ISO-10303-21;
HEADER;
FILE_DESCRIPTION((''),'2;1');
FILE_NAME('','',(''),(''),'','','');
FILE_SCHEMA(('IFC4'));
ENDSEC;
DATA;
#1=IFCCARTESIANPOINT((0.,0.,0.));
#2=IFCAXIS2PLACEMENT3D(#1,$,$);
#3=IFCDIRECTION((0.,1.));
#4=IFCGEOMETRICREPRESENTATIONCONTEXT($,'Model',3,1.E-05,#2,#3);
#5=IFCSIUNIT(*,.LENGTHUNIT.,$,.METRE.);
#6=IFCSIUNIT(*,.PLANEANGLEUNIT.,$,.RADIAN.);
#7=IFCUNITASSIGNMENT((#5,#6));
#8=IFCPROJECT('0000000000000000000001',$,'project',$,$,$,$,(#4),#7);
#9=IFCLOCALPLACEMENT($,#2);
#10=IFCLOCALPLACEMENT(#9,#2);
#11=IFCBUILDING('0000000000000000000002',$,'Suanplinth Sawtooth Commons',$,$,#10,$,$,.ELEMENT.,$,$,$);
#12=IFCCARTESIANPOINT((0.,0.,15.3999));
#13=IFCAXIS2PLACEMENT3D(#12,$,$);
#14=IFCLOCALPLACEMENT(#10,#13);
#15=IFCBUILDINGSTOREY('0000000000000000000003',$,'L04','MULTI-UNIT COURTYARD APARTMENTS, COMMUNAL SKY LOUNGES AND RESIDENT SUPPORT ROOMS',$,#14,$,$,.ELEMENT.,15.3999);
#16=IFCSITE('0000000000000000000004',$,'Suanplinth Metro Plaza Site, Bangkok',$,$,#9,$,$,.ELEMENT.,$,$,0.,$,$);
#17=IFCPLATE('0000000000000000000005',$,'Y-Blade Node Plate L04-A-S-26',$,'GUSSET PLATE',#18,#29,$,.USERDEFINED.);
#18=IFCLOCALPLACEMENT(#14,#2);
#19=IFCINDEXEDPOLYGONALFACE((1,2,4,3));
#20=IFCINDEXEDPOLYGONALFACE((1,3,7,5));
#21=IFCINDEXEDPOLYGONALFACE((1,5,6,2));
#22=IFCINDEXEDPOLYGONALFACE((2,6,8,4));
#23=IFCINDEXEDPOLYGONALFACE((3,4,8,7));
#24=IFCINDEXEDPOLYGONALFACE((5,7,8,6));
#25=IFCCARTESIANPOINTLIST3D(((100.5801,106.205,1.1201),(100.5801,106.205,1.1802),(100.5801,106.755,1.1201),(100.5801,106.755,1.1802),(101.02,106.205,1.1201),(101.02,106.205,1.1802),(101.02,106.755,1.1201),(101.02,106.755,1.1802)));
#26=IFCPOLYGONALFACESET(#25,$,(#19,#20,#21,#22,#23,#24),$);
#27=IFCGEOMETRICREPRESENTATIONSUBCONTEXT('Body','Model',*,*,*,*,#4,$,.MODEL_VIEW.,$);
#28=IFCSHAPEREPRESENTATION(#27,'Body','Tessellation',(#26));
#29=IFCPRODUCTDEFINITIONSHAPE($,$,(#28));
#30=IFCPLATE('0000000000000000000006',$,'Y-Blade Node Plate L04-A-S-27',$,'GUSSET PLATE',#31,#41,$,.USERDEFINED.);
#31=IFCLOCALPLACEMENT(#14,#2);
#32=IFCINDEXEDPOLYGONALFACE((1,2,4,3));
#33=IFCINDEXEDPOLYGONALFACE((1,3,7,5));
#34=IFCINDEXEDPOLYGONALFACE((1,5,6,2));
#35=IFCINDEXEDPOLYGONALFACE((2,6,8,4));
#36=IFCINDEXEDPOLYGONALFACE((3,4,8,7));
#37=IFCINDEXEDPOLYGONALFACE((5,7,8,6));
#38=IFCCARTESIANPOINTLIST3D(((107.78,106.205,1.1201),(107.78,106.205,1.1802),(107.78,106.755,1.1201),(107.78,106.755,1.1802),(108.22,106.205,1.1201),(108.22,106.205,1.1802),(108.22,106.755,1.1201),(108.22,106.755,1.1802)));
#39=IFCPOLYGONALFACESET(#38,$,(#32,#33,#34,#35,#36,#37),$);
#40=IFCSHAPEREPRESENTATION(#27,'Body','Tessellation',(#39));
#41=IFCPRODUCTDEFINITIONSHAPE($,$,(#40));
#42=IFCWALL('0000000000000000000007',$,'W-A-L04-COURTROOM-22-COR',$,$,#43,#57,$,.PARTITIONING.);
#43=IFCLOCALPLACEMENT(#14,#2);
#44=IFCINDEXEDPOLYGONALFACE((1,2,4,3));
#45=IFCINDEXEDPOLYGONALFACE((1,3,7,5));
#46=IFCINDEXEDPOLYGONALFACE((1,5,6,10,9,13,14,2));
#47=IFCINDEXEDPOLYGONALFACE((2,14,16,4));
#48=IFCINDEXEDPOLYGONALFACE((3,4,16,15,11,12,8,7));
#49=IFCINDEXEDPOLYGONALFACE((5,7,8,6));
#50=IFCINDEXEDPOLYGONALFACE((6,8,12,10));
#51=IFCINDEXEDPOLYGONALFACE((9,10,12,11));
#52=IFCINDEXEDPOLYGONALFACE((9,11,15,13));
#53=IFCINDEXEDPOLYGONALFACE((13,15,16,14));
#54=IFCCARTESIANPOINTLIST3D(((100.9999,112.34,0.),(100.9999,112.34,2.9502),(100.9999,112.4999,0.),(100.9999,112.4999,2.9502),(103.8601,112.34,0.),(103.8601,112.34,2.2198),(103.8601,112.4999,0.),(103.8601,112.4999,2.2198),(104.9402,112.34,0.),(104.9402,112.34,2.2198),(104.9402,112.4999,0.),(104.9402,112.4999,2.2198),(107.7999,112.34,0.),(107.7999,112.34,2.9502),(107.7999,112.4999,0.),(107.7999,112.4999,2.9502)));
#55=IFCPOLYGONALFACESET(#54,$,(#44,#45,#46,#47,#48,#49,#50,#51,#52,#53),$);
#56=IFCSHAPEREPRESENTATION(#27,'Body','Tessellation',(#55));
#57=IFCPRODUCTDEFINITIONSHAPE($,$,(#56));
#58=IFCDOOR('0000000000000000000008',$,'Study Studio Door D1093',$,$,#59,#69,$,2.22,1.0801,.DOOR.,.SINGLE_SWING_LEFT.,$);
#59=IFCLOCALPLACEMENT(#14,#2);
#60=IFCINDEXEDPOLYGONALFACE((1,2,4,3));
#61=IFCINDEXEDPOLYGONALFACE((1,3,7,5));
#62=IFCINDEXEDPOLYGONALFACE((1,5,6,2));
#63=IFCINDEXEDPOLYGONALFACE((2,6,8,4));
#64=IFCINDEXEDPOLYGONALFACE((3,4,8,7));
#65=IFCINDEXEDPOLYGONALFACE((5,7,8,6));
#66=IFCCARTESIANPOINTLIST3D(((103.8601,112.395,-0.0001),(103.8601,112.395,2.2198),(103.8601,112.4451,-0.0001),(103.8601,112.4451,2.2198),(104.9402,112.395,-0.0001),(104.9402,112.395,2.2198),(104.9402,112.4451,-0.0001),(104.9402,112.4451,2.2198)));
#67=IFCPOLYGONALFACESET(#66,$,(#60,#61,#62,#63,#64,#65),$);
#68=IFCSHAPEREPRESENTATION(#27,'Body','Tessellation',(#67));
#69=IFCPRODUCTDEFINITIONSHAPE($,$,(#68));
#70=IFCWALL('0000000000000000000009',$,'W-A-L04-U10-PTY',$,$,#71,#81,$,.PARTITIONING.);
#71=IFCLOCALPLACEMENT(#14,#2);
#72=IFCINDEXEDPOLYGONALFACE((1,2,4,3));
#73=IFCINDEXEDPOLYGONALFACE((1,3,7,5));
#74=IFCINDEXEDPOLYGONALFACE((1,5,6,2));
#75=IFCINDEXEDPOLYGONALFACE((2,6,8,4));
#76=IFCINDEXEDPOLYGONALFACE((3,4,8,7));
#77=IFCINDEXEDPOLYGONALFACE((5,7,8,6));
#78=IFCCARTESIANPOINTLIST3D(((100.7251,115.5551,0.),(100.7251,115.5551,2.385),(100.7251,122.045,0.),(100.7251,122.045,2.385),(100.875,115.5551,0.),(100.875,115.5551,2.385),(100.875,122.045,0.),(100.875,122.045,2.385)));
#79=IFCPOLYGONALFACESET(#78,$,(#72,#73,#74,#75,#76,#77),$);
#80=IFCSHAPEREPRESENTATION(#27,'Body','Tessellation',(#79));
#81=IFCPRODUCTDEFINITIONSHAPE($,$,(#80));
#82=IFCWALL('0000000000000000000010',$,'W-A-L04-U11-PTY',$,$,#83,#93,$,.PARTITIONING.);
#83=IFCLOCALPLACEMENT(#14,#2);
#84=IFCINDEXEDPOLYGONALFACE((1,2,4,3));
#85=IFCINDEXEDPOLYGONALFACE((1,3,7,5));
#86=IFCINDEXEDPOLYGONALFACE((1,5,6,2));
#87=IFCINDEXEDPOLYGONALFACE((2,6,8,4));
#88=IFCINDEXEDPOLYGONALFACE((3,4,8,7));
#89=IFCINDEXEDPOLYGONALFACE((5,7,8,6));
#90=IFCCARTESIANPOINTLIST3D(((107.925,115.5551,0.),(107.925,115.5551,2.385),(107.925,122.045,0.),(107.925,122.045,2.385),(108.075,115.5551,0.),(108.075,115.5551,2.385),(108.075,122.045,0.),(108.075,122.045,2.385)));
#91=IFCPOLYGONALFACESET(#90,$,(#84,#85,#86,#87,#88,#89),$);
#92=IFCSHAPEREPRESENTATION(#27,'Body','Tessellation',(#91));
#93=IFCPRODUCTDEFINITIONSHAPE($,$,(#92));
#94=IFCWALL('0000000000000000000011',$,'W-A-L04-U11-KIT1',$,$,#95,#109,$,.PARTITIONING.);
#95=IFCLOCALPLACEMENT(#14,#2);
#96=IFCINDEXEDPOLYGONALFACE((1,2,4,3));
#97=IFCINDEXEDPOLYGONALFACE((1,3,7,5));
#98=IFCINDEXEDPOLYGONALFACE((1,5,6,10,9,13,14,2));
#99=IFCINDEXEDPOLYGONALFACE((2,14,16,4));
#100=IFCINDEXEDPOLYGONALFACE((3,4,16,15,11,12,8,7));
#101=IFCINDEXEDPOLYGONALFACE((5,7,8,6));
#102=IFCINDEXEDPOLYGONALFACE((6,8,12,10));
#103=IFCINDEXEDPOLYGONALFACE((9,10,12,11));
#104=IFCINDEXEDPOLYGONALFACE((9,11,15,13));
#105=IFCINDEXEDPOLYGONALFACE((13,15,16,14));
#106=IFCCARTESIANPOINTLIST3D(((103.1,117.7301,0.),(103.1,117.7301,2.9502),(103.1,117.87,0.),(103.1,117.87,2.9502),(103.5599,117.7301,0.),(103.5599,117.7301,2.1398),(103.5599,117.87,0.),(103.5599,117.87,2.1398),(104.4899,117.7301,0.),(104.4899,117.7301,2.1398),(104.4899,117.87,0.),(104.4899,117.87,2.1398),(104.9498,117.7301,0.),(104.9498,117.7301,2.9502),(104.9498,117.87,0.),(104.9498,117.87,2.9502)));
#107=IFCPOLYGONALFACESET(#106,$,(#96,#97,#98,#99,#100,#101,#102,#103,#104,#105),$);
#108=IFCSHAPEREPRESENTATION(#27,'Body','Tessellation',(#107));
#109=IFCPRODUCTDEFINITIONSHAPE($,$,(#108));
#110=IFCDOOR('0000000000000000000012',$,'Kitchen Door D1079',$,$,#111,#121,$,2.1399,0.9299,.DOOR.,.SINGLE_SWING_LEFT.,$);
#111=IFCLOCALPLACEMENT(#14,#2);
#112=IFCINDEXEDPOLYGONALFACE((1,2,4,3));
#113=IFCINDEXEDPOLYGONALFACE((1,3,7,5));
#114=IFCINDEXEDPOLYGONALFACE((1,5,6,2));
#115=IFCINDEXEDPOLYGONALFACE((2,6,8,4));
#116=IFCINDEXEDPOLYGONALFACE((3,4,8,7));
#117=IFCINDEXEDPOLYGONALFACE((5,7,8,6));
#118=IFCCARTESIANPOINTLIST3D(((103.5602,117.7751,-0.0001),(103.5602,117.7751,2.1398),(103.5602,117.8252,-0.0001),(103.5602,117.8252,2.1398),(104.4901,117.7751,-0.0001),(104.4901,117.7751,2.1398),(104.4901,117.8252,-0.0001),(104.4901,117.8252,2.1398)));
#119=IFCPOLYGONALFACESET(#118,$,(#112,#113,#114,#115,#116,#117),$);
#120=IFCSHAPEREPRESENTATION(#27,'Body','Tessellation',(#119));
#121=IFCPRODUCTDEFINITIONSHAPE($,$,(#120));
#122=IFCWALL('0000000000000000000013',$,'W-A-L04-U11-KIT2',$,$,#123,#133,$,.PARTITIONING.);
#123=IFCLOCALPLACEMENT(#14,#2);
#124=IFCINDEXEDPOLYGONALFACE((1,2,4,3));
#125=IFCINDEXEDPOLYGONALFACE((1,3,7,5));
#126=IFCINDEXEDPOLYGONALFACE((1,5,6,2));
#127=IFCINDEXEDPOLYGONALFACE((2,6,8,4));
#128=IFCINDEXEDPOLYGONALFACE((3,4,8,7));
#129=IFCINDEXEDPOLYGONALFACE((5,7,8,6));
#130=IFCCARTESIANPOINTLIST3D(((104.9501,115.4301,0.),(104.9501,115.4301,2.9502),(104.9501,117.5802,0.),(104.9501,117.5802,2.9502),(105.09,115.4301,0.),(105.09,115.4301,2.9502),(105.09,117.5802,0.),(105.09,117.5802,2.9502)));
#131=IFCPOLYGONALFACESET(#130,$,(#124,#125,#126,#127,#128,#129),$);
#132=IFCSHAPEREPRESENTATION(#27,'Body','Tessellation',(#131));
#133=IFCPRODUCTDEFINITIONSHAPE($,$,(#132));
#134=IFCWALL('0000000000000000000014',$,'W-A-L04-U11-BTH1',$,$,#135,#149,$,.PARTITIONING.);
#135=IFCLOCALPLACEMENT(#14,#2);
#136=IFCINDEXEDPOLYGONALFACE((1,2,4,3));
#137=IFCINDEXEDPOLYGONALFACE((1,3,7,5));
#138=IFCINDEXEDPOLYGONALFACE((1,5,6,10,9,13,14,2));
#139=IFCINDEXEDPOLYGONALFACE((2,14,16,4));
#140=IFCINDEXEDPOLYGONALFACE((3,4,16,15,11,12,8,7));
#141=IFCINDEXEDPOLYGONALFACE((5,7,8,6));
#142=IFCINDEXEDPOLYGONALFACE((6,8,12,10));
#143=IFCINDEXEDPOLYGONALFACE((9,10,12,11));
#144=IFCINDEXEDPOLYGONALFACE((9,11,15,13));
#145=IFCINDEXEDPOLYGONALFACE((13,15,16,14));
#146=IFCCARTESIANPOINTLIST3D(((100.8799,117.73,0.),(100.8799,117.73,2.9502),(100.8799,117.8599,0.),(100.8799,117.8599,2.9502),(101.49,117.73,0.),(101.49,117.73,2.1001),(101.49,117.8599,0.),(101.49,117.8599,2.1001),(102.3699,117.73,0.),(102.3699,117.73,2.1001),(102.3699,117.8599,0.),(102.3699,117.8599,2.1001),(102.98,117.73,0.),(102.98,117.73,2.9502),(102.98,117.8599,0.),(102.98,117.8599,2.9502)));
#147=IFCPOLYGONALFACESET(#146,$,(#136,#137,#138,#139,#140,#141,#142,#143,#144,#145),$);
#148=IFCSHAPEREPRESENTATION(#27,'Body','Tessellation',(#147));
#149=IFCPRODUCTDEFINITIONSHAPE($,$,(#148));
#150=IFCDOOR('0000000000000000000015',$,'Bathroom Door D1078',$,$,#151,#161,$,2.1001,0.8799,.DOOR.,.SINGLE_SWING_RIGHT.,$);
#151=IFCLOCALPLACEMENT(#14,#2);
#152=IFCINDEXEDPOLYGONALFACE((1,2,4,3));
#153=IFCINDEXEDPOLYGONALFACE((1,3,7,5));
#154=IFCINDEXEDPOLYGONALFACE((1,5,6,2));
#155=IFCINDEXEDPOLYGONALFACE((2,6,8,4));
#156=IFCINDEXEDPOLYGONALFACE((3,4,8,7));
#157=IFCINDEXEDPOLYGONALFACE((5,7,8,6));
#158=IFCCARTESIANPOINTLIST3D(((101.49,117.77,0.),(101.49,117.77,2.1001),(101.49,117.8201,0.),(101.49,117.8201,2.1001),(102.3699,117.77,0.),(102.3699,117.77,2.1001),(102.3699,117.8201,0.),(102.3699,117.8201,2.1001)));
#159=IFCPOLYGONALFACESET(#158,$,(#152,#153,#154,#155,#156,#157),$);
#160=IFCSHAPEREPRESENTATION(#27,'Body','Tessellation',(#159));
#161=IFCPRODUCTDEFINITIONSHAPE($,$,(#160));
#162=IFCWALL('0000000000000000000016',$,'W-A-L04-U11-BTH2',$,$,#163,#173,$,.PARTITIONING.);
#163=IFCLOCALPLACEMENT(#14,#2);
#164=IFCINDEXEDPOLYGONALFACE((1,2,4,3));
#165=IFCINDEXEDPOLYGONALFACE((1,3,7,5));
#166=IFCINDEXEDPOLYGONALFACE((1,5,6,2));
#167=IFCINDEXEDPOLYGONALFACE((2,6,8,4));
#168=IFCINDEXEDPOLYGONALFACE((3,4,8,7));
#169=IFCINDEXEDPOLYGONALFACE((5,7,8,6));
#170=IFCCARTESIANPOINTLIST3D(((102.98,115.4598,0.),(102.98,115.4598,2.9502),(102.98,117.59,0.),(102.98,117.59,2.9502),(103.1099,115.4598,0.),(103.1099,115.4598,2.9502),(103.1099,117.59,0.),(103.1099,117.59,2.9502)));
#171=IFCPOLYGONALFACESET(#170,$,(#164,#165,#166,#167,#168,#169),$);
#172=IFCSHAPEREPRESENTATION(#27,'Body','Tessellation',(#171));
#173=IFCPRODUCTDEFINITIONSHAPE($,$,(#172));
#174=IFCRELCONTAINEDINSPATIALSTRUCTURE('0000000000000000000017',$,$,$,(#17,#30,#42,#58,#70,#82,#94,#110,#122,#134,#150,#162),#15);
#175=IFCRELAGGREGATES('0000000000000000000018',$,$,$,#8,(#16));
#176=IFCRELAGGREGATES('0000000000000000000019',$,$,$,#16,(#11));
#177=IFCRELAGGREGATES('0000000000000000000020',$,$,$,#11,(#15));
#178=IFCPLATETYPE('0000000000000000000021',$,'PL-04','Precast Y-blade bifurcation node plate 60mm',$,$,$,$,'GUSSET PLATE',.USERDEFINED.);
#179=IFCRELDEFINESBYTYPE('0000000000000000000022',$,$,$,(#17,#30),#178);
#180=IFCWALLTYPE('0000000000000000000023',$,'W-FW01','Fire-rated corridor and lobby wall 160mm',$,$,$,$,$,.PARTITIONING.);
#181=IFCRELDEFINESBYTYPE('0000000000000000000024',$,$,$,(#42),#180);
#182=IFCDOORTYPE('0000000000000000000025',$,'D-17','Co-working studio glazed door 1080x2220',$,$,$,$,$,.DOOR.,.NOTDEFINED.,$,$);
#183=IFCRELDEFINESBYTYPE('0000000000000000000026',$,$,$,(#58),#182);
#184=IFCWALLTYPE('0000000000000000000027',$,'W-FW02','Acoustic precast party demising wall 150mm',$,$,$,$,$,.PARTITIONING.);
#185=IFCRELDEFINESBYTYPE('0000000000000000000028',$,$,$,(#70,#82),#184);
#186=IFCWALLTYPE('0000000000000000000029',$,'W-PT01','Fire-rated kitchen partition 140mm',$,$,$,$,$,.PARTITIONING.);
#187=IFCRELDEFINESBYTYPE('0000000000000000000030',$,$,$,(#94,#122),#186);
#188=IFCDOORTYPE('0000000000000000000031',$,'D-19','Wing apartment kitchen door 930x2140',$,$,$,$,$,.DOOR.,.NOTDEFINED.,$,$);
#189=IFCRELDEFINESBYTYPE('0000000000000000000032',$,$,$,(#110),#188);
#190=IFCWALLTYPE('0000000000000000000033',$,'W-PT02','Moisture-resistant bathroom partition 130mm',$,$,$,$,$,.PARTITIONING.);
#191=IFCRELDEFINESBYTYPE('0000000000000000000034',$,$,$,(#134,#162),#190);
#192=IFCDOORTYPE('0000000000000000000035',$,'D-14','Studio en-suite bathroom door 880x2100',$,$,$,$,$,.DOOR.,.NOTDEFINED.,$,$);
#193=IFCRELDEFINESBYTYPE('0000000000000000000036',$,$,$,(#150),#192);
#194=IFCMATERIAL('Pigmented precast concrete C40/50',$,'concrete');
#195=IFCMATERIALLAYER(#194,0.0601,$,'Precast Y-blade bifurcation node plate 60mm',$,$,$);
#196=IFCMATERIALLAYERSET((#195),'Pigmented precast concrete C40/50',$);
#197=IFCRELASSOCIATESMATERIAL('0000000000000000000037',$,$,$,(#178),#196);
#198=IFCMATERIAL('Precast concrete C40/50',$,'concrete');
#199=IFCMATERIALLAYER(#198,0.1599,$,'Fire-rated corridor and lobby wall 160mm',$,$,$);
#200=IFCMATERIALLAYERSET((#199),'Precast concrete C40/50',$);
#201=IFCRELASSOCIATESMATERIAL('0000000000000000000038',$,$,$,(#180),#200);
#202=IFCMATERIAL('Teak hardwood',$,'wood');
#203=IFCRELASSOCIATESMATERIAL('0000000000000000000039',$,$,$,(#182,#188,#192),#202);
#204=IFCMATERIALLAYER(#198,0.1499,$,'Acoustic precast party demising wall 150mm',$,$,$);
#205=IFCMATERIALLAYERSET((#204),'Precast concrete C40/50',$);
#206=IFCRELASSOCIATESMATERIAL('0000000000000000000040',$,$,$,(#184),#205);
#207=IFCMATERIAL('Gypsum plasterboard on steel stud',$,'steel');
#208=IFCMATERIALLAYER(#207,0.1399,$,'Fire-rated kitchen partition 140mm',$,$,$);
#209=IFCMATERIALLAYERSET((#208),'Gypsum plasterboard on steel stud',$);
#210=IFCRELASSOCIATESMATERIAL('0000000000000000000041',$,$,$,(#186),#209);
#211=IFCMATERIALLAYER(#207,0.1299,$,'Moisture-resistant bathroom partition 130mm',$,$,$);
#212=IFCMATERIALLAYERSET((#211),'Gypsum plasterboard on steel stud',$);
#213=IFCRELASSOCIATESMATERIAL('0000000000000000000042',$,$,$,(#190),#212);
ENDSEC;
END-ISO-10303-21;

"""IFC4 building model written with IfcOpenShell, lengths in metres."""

from ifc_helpers import new_model, si_unit, direction, frame, frame_2d, origin, origin_2d, place, context, subcontext, project, spatial, rectangle, extrude, material, layer, layer_set, type_object, element, fill, save


model = new_model("IFC4")

# Units and contexts
model_context = context("Model", 3, precision=1e-05, world=origin(), true_north=direction((0.0, 1.0)))
body_context = subcontext(model_context, "Body", "Model", "MODEL_VIEW")
ifc_project = project(units=[si_unit("LENGTHUNIT", "METRE"), si_unit("PLANEANGLEUNIT", "RADIAN")], contexts=[model_context])

# Site, building, storey
site_placement = place(None, origin())
site = spatial("IfcSite", under=ifc_project, at=site_placement, Name="Suanplinth Metro Plaza Site, Bangkok", CompositionType="ELEMENT", RefElevation=0.0)
building_placement = place(site_placement, origin())
building = spatial("IfcBuilding", under=site, at=building_placement, Name="Suanplinth Sawtooth Commons", CompositionType="ELEMENT")
storey_placement = place(building_placement, frame((0.0, 0.0, 15.3999)))
storey = spatial("IfcBuildingStorey", under=building, at=storey_placement, Name="L04", Description="MULTI-UNIT COURTYARD APARTMENTS, COMMUNAL SKY LOUNGES AND RESIDENT SUPPORT ROOMS", CompositionType="ELEMENT", Elevation=15.3999)

# Shared definitions
ifc_material_1 = material(Name="Precast concrete C40/50", Category="concrete")

# Shared definitions
ifc_material_2 = material(Name="Pigmented precast concrete C40/50", Category="concrete")

# Plates
ifc_layer_1 = layer(ifc_material_2, 0.0601, Name="Precast Y-blade bifurcation node plate 60mm")
ifc_layer_set_1 = layer_set([ifc_layer_1], Name="Pigmented precast concrete C40/50")
plate_type = type_object("IfcPlateType", Name="PL-04", Description="Precast Y-blade bifurcation node plate 60mm", ElementType="GUSSET PLATE", PredefinedType="USERDEFINED", material=ifc_layer_set_1)
for number, where, z_axis, x_axis, name in (
    (1, (100.8, 106.48, 1.1201), (0.0, 0.0, 1.0), (1.0, 0.0, 0.0), "Y-Blade Node Plate L04-A-S-26"),
    (2, (108.0, 106.48, 1.1201), (0.0, 0.0, 1.0), (1.0, 0.0, 0.0), "Y-Blade Node Plate L04-A-S-27"),
):
    element("IfcPlate", number, at=place(storey_placement, frame(where, z_axis=z_axis, x_axis=x_axis)), inside=storey, type_object=plate_type, Name=name, ObjectType="GUSSET PLATE", PredefinedType="USERDEFINED", context=body_context, shape_type="SweptSolid", body=[
        extrude(rectangle(XDim=0.4399, YDim=0.55, at=origin_2d()), origin(), (0.0, 0.0, 1.0), 0.0601),
    ])

# Wall, opening, door
ifc_layer_2 = layer(ifc_material_1, 0.1599, Name="Fire-rated corridor and lobby wall 160mm")
ifc_layer_set_2 = layer_set([ifc_layer_2], Name="Precast concrete C40/50")
wall_type_1 = type_object("IfcWallType", Name="W-FW01", Description="Fire-rated corridor and lobby wall 160mm", PredefinedType="PARTITIONING", material=ifc_layer_set_2)
wall_1_placement = place(storey_placement, frame((101.0, 112.4199, 0.0), z_axis=(0.0, 0.0, 1.0), x_axis=(1.0, 0.0, 0.0)))
wall_1 = element("IfcWall", 3, at=wall_1_placement, inside=storey, type_object=wall_type_1, Name="W-A-L04-COURTROOM-22-COR", PredefinedType="PARTITIONING", context=body_context, shape_type="SweptSolid", body=[
    extrude(rectangle(XDim=6.8, YDim=0.1599, at=frame_2d((3.3999, 0.0))), origin(), (0.0, 0.0, 1.0), 2.9502),
])
opening_1_placement = place(wall_1_placement, frame((2.8601, 0.0, 0.0)))
opening_1 = element("IfcOpeningElement", 4, at=opening_1_placement, cuts=wall_1, PredefinedType="OPENING", context=body_context, shape_type="SweptSolid", body=[
    extrude(rectangle(XDim=1.0801, YDim=2.22, at=frame_2d((0.54, 1.1099))), frame((0.0, 0.0947, 0.0), z_axis=(0.0, -1.0, 0.0), x_axis=(1.0, 0.0, 0.0)), (0.0, 0.0, 1.0), 0.1897),
])
ifc_material_3 = material(Name="Teak hardwood", Category="wood")
door_type_1 = type_object("IfcDoorType", Name="D-17", Description="Co-working studio glazed door 1080x2220", OperationType="NOTDEFINED", PredefinedType="DOOR", material=ifc_material_3)
door_1_placement = place(opening_1_placement, frame((1.0801, 0.0, 0.0), z_axis=(0.0, 0.0, 1.0), x_axis=(-1.0, 0.0, 0.0)))
door_1 = element("IfcDoor", 5, at=door_1_placement, inside=storey, type_object=door_type_1, Name="Study Studio Door D1093", OperationType="SINGLE_SWING_LEFT", OverallHeight=2.22, OverallWidth=1.0801, PredefinedType="DOOR", context=body_context, shape_type="SweptSolid", body=[
    extrude(rectangle(XDim=1.0801, YDim=2.22, at=frame_2d((0.54, 1.1099))), frame((0.0, 0.0249, 0.0), z_axis=(0.0, -1.0, 0.0), x_axis=(1.0, 0.0, 0.0)), (0.0, 0.0, 1.0), 0.05),
])
fill(opening_1, door_1)

# Walls
ifc_layer_3 = layer(ifc_material_1, 0.1499, Name="Acoustic precast party demising wall 150mm")
ifc_layer_set_3 = layer_set([ifc_layer_3], Name="Precast concrete C40/50")
wall_type_2 = type_object("IfcWallType", Name="W-FW02", Description="Acoustic precast party demising wall 150mm", PredefinedType="PARTITIONING", material=ifc_layer_set_3)
for number, where, z_axis, x_axis, name in (
    (6, (100.8, 115.5549, 0.0), (0.0, 0.0, 1.0), (0.0, 1.0, 0.0), "W-A-L04-U10-PTY"),
    (7, (108.0, 115.5549, 0.0), (0.0, 0.0, 1.0), (0.0, 1.0, 0.0), "W-A-L04-U11-PTY"),
):
    element("IfcWall", number, at=place(storey_placement, frame(where, z_axis=z_axis, x_axis=x_axis)), inside=storey, type_object=wall_type_2, Name=name, PredefinedType="PARTITIONING", context=body_context, shape_type="SweptSolid", body=[
        extrude(rectangle(XDim=6.49, YDim=0.1499, at=frame_2d((3.2451, 0.0))), origin(), (0.0, 0.0, 1.0), 2.385),
    ])

# Wall, opening, door
ifc_material_4 = material(Name="Gypsum plasterboard on steel stud", Category="steel")
ifc_layer_4 = layer(ifc_material_4, 0.1399, Name="Fire-rated kitchen partition 140mm")
ifc_layer_set_4 = layer_set([ifc_layer_4], Name="Gypsum plasterboard on steel stud")
wall_type_3 = type_object("IfcWallType", Name="W-PT01", Description="Fire-rated kitchen partition 140mm", PredefinedType="PARTITIONING", material=ifc_layer_set_4)
wall_2_placement = place(storey_placement, frame((103.1001, 117.8, 0.0), z_axis=(0.0, 0.0, 1.0), x_axis=(1.0, 0.0, 0.0)))
wall_2 = element("IfcWall", 8, at=wall_2_placement, inside=storey, type_object=wall_type_3, Name="W-A-L04-U11-KIT1", PredefinedType="PARTITIONING", context=body_context, shape_type="SweptSolid", body=[
    extrude(rectangle(XDim=1.8499, YDim=0.1399, at=frame_2d((0.9248, 0.0))), origin(), (0.0, 0.0, 1.0), 2.9502),
])
opening_2_placement = place(wall_2_placement, frame((0.46, 0.0, 0.0)))
opening_2 = element("IfcOpeningElement", 9, at=opening_2_placement, cuts=wall_2, PredefinedType="OPENING", context=body_context, shape_type="SweptSolid", body=[
    extrude(rectangle(XDim=0.9299, YDim=2.1399, at=frame_2d((0.4648, 1.0698))), frame((0.0, 0.085, 0.0), z_axis=(0.0, -1.0, 0.0), x_axis=(1.0, 0.0, 0.0)), (0.0, 0.0, 1.0), 0.1697),
])
door_type_2 = type_object("IfcDoorType", Name="D-19", Description="Wing apartment kitchen door 930x2140", OperationType="NOTDEFINED", PredefinedType="DOOR", material=ifc_material_3)
door_2_placement = place(opening_2_placement, frame((0.9299, 0.0, 0.0), z_axis=(0.0, 0.0, 1.0), x_axis=(-1.0, 0.0, 0.0)))
door_2 = element("IfcDoor", 10, at=door_2_placement, inside=storey, type_object=door_type_2, Name="Kitchen Door D1079", OperationType="SINGLE_SWING_LEFT", OverallHeight=2.1399, OverallWidth=0.9299, PredefinedType="DOOR", context=body_context, shape_type="SweptSolid", body=[
    extrude(rectangle(XDim=0.9299, YDim=2.1399, at=frame_2d((0.4648, 1.0698))), frame((0.0, 0.0249, 0.0), z_axis=(0.0, -1.0, 0.0), x_axis=(1.0, 0.0, 0.0)), (0.0, 0.0, 1.0), 0.05),
])
fill(opening_2, door_2)

# Wall
wall_3_placement = place(storey_placement, frame((105.02, 115.4299, 0.0), z_axis=(0.0, 0.0, 1.0), x_axis=(0.0, 1.0, 0.0)))
element("IfcWall", 11, at=wall_3_placement, inside=storey, type_object=wall_type_3, Name="W-A-L04-U11-KIT2", PredefinedType="PARTITIONING", context=body_context, shape_type="SweptSolid", body=[
    extrude(rectangle(XDim=2.1501, YDim=0.1399, at=frame_2d((1.0752, 0.0))), origin(), (0.0, 0.0, 1.0), 2.9502),
])

# Wall, opening, door
ifc_layer_5 = layer(ifc_material_4, 0.1299, Name="Moisture-resistant bathroom partition 130mm")
ifc_layer_set_5 = layer_set([ifc_layer_5], Name="Gypsum plasterboard on steel stud")
wall_type_4 = type_object("IfcWallType", Name="W-PT02", Description="Moisture-resistant bathroom partition 130mm", PredefinedType="PARTITIONING", material=ifc_layer_set_5)
wall_4_placement = place(storey_placement, frame((100.8799, 117.7949, 0.0), z_axis=(0.0, 0.0, 1.0), x_axis=(1.0, 0.0, 0.0)))
wall_4 = element("IfcWall", 12, at=wall_4_placement, inside=storey, type_object=wall_type_4, Name="W-A-L04-U11-BTH1", PredefinedType="PARTITIONING", context=body_context, shape_type="SweptSolid", body=[
    extrude(rectangle(XDim=2.1001, YDim=0.1299, at=frame_2d((1.05, 0.0))), origin(), (0.0, 0.0, 1.0), 2.9502),
])
opening_3_placement = place(wall_4_placement, frame((0.6101, 0.0, 0.0)))
opening_3 = element("IfcOpeningElement", 13, at=opening_3_placement, cuts=wall_4, PredefinedType="OPENING", context=body_context, shape_type="SweptSolid", body=[
    extrude(rectangle(XDim=0.8799, YDim=2.1001, at=frame_2d((0.4399, 1.05))), frame((0.0, 0.0798, 0.0), z_axis=(0.0, -1.0, 0.0), x_axis=(1.0, 0.0, 0.0)), (0.0, 0.0, 1.0), 0.1597),
])
door_type_3 = type_object("IfcDoorType", Name="D-14", Description="Studio en-suite bathroom door 880x2100", OperationType="NOTDEFINED", PredefinedType="DOOR", material=ifc_material_3)
door_3_placement = place(opening_3_placement, frame((0.8799, 0.0, 0.0), z_axis=(0.0, 0.0, 1.0), x_axis=(-1.0, 0.0, 0.0)))
door_3 = element("IfcDoor", 14, at=door_3_placement, inside=storey, type_object=door_type_3, Name="Bathroom Door D1078", OperationType="SINGLE_SWING_RIGHT", OverallHeight=2.1001, OverallWidth=0.8799, PredefinedType="DOOR", context=body_context, shape_type="SweptSolid", body=[
    extrude(rectangle(XDim=0.8799, YDim=2.1001, at=frame_2d((0.4399, 1.05))), frame((0.0, 0.0249, 0.0), z_axis=(0.0, -1.0, 0.0), x_axis=(1.0, 0.0, 0.0)), (0.0, 0.0, 1.0), 0.05),
])
fill(opening_3, door_3)

# Wall
wall_5_placement = place(storey_placement, frame((103.0449, 115.46, 0.0), z_axis=(0.0, 0.0, 1.0), x_axis=(0.0, 1.0, 0.0)))
element("IfcWall", 15, at=wall_5_placement, inside=storey, type_object=wall_type_4, Name="W-A-L04-U11-BTH2", PredefinedType="PARTITIONING", context=body_context, shape_type="SweptSolid", body=[
    extrude(rectangle(XDim=2.1301, YDim=0.1299, at=frame_2d((1.0649, 0.0))), origin(), (0.0, 0.0, 1.0), 2.9502),
])

save(model, "model.ifc")
